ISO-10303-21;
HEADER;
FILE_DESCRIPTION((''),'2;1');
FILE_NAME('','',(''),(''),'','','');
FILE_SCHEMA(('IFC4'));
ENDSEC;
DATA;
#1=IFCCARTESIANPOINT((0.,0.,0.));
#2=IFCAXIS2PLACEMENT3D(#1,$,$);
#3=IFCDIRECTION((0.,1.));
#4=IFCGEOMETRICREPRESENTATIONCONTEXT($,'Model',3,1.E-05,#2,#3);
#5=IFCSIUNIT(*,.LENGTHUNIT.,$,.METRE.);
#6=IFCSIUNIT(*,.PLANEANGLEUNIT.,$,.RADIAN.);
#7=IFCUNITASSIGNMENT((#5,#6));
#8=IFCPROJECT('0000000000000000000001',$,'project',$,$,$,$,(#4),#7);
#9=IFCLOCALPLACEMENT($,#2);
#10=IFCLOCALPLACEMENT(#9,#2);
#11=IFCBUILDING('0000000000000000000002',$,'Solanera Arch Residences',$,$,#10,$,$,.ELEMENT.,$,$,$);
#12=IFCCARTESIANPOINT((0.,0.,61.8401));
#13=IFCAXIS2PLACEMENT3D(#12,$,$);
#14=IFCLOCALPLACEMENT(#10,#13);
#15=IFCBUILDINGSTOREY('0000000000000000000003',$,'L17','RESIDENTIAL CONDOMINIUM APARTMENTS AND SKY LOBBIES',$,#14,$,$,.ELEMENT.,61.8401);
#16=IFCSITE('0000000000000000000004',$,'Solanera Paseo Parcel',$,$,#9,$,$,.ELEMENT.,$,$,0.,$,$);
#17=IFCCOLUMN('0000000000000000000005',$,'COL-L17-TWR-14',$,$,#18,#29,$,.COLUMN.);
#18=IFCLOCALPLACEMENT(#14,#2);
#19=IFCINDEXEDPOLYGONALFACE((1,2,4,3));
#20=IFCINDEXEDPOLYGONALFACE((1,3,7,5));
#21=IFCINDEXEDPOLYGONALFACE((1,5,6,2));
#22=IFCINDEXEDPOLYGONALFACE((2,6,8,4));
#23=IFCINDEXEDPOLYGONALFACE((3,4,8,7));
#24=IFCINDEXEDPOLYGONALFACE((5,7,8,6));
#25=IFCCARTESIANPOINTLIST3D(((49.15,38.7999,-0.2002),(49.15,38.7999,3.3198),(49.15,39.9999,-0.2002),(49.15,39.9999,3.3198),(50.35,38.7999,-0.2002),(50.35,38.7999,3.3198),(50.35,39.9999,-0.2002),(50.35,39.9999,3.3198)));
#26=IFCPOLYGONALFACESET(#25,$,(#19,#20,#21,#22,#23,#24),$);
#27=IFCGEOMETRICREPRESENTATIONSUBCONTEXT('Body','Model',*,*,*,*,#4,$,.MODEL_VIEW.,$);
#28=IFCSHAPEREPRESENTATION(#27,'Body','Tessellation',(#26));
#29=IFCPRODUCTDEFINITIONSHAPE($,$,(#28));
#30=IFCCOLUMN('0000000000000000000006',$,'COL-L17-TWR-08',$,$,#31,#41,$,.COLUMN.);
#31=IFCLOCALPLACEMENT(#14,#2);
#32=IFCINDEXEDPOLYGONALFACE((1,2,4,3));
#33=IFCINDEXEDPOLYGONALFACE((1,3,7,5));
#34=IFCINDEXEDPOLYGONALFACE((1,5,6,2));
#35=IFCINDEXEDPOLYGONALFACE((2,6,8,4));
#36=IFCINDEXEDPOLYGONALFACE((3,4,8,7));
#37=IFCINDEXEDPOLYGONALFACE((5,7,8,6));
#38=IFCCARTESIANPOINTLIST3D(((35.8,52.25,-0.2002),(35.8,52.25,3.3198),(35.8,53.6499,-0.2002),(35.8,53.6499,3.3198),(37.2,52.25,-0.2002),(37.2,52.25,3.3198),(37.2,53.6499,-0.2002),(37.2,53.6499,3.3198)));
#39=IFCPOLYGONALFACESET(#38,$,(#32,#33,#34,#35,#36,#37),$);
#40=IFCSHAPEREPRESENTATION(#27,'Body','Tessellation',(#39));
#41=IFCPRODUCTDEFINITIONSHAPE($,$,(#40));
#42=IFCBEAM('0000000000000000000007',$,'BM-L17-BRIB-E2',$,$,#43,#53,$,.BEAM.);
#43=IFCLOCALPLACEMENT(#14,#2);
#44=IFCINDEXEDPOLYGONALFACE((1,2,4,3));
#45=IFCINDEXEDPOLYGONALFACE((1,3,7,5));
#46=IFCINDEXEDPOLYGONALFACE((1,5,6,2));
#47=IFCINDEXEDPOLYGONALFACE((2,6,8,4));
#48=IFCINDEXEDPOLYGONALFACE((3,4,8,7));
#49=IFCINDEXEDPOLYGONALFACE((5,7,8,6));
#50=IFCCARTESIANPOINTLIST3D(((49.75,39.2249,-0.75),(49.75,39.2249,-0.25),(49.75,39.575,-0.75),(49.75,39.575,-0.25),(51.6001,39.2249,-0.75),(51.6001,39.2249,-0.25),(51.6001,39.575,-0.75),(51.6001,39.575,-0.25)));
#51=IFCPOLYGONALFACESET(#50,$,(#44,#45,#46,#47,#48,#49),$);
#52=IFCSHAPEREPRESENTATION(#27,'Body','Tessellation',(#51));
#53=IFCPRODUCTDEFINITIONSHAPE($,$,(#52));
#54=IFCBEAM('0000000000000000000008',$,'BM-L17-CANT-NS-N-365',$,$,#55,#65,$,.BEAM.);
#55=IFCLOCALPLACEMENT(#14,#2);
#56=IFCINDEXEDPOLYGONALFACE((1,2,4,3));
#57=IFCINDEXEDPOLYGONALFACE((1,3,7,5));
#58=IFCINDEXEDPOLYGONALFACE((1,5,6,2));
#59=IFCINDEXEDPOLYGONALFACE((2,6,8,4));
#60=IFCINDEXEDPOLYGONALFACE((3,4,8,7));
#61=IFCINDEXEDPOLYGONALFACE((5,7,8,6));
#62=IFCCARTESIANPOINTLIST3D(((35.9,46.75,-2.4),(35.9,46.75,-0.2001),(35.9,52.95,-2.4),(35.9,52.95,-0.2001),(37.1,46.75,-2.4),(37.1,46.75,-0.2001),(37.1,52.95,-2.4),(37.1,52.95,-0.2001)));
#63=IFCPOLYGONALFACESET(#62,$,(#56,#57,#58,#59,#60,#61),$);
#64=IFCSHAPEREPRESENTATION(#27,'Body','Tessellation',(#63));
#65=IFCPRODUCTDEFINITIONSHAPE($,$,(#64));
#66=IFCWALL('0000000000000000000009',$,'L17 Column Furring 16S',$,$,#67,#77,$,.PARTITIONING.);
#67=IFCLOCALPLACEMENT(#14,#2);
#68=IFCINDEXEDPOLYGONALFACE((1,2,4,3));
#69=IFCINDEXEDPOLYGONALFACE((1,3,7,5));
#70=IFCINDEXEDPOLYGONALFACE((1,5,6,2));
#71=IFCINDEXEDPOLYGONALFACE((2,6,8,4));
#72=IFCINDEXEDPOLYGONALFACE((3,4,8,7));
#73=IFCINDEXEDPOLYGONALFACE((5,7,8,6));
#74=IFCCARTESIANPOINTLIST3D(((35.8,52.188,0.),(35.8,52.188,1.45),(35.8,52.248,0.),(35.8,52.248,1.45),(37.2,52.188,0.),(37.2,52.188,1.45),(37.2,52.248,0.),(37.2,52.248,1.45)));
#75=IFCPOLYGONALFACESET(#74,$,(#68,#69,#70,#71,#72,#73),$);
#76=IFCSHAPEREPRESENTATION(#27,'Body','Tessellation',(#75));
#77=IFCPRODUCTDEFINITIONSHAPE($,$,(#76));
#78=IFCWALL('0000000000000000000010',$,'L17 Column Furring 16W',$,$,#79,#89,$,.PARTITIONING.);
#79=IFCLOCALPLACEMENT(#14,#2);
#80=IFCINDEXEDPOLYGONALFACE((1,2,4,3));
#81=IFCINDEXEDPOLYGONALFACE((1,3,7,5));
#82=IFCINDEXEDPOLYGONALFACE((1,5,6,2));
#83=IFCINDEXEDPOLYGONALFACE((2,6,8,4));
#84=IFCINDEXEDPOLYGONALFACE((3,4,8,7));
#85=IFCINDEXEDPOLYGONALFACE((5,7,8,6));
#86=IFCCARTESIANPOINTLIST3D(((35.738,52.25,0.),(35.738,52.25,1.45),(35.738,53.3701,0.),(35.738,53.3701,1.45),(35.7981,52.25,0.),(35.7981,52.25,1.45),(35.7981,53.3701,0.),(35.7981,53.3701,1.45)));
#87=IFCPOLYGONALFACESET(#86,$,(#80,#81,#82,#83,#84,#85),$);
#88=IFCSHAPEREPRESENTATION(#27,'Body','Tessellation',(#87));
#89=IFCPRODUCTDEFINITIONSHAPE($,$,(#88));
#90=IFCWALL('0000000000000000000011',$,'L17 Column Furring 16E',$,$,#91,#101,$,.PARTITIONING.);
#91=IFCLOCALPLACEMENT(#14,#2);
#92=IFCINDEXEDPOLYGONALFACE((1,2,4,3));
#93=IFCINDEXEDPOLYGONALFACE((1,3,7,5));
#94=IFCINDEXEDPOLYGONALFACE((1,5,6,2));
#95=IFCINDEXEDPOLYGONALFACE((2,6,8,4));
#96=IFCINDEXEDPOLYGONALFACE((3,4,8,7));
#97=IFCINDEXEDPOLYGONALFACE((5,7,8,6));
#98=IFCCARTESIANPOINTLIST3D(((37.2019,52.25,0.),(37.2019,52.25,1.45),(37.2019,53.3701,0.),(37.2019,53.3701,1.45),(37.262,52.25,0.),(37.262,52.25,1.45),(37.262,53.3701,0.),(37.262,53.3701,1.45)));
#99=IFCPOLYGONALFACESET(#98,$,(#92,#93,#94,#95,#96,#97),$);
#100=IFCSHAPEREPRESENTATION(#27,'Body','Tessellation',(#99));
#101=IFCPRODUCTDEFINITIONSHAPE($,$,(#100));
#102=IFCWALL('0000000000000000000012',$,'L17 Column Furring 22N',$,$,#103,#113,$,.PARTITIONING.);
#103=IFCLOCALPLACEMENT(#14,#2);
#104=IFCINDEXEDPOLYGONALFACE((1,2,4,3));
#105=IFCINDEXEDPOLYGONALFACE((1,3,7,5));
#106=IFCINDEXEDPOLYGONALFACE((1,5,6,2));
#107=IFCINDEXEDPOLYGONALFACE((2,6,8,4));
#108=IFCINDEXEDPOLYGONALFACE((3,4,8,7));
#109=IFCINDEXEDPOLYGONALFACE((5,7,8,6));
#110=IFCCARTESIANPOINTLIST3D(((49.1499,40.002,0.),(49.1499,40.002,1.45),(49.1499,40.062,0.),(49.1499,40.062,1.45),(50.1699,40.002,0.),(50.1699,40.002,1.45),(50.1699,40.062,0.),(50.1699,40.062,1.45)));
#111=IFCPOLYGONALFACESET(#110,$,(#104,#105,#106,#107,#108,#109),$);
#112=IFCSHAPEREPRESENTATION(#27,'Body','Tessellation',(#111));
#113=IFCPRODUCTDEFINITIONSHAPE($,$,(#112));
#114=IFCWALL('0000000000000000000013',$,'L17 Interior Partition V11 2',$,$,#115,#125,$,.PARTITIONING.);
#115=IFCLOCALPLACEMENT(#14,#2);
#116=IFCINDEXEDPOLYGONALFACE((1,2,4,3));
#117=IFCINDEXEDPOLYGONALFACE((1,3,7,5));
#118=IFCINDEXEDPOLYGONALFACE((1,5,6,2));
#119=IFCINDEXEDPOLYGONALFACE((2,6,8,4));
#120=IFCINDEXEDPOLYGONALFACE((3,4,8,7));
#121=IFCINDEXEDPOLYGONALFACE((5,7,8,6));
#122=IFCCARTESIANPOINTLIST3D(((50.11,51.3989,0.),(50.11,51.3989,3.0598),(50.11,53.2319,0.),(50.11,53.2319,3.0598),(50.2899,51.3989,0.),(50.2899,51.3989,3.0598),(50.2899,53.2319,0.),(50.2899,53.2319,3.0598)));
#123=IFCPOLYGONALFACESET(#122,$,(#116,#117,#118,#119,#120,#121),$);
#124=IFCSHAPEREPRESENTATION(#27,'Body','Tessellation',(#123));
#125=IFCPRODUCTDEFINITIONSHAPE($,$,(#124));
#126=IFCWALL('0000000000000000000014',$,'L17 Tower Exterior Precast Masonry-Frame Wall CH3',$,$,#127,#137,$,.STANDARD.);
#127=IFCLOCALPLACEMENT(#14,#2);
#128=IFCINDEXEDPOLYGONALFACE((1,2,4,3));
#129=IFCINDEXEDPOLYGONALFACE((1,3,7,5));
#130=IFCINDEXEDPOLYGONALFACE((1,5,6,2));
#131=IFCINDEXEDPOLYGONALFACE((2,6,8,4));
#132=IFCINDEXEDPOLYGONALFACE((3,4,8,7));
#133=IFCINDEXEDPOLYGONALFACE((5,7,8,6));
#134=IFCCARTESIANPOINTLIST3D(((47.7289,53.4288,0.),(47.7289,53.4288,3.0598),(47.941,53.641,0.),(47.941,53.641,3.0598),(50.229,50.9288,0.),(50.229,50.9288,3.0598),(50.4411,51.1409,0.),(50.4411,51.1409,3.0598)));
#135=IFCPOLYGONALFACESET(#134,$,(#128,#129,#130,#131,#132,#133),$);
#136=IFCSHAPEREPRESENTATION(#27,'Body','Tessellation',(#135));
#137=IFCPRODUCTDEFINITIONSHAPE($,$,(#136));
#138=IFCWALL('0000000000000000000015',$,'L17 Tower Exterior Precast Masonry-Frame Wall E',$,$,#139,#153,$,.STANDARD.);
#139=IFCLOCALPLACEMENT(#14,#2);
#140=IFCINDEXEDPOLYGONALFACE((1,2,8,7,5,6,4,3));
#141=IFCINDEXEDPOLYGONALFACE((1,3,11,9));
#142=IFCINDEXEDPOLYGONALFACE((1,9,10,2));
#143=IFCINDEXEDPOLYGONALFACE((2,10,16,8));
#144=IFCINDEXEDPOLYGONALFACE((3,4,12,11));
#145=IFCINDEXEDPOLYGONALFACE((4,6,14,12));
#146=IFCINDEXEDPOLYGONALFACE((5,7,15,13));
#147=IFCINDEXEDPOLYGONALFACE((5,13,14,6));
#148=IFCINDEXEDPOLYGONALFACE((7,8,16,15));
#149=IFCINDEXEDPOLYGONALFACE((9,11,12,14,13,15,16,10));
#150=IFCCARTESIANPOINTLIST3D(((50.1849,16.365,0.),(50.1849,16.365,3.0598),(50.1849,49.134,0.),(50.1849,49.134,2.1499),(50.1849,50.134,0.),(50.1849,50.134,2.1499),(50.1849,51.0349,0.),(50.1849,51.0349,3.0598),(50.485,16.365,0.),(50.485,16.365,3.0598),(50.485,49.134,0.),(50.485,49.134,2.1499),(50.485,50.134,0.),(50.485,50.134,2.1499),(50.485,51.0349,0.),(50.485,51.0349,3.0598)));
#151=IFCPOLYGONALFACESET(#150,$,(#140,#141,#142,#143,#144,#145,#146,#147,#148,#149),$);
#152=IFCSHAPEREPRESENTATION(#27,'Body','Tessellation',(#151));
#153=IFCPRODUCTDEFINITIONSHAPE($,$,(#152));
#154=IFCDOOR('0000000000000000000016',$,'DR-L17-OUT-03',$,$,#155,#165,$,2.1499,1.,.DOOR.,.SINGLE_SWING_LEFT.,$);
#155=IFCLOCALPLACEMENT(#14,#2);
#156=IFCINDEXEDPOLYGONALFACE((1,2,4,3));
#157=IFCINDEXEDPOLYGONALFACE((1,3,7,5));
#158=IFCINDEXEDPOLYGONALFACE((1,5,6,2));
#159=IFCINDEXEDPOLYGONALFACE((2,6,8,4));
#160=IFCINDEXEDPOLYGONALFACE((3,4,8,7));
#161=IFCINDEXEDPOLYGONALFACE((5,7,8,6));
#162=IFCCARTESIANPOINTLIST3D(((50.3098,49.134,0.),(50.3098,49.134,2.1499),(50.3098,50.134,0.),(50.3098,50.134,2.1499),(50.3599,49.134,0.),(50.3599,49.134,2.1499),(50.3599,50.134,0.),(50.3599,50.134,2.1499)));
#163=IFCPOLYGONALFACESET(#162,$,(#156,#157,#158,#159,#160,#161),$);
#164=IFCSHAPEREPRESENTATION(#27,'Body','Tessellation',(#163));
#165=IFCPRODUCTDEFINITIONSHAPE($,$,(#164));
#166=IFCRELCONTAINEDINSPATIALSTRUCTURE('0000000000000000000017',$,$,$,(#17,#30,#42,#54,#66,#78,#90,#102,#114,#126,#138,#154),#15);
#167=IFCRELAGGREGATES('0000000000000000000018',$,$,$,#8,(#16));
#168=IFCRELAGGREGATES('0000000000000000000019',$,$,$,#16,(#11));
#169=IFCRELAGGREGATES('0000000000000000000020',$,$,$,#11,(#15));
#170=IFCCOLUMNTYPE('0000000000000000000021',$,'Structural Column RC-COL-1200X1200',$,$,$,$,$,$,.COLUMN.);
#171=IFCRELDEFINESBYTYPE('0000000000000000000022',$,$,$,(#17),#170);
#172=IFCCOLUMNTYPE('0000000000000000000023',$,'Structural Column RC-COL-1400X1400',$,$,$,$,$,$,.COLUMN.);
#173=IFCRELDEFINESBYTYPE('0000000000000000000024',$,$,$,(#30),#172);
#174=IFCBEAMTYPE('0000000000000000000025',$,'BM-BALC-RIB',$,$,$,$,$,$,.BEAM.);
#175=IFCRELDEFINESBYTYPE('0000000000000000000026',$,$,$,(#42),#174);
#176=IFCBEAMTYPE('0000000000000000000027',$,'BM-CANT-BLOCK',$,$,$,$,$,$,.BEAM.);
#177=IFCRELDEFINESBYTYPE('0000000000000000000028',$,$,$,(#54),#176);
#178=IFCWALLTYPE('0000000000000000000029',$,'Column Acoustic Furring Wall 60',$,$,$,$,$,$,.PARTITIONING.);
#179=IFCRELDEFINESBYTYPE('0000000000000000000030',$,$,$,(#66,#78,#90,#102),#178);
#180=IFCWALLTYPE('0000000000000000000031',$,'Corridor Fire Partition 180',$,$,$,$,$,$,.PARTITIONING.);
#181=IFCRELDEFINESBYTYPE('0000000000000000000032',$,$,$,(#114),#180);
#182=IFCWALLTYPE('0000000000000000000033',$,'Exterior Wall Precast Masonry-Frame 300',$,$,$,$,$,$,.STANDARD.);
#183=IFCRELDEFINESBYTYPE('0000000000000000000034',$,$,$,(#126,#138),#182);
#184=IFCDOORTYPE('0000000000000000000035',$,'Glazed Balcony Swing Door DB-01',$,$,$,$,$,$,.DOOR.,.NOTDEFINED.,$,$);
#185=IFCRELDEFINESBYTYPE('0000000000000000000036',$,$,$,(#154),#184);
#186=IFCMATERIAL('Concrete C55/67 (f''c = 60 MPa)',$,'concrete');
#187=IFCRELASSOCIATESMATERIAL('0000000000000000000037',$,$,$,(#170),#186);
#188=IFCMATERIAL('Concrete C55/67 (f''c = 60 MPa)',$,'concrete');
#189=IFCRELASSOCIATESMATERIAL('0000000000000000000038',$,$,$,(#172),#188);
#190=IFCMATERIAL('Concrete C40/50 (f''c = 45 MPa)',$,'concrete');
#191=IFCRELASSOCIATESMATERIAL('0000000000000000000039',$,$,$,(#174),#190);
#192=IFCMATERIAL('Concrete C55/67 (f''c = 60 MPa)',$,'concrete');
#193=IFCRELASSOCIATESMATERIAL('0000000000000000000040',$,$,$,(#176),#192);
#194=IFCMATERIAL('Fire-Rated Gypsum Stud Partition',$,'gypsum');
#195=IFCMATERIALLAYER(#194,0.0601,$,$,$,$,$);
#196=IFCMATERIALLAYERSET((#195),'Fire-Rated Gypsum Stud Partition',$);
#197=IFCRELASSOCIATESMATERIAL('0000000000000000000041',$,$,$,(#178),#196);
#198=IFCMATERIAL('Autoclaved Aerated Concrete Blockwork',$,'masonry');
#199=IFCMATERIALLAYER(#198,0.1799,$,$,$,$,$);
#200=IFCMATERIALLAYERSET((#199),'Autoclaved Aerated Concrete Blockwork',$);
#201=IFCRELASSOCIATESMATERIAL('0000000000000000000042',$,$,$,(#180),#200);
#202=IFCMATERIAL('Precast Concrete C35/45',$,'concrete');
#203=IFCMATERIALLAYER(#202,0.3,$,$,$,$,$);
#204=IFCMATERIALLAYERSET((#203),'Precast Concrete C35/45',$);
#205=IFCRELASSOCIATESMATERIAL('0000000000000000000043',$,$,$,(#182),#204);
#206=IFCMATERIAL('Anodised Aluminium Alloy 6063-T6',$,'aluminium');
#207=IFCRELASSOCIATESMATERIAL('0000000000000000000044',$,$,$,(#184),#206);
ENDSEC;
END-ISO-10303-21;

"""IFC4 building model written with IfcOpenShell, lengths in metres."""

from ifc_helpers import new_model, si_unit, direction, frame, frame_2d, origin, origin_2d, place, context, subcontext, project, spatial, rectangle, extrude, material, layer, layer_set, material_profile, profile_set, type_object, element, fill, save


model = new_model("IFC4")

# Units and contexts
model_context = context("Model", 3, precision=1e-05, world=origin(), true_north=direction((0.0, 1.0)))
body_context = subcontext(model_context, "Body", "Model", "MODEL_VIEW")
ifc_project = project(units=[si_unit("LENGTHUNIT", "METRE"), si_unit("PLANEANGLEUNIT", "RADIAN")], contexts=[model_context])

# Site, building, storey
site_placement = place(None, origin())
site = spatial("IfcSite", under=ifc_project, at=site_placement, Name="Solanera Paseo Parcel", CompositionType="ELEMENT", RefElevation=0.0)
building_placement = place(site_placement, origin())
building = spatial("IfcBuilding", under=site, at=building_placement, Name="Solanera Arch Residences", CompositionType="ELEMENT")
storey_placement = place(building_placement, frame((0.0, 0.0, 61.8401)))
storey = spatial("IfcBuildingStorey", under=building, at=storey_placement, Name="L17", Description="RESIDENTIAL CONDOMINIUM APARTMENTS AND SKY LOBBIES", CompositionType="ELEMENT", Elevation=61.8401)

# Columns
ifc_material_1 = material(Name="Concrete C55/67 (f'c = 60 MPa)", Category="concrete")
ifc_material_profile_1 = material_profile(ifc_material_1, rectangle(XDim=1.2, YDim=1.2, at=origin_2d()))
ifc_profile_set_1 = profile_set([ifc_material_profile_1], Name="Concrete C55/67 (f'c = 60 MPa)")
column_type_1 = type_object("IfcColumnType", Name="Structural Column RC-COL-1200X1200", PredefinedType="COLUMN", material=ifc_profile_set_1)
column_1_placement = place(storey_placement, frame((49.75, 39.3999, -0.2002), z_axis=(0.0, 0.0, 1.0), x_axis=(1.0, 0.0, 0.0)))
element("IfcColumn", 1, at=column_1_placement, inside=storey, type_object=column_type_1, Name="COL-L17-TWR-14", PredefinedType="COLUMN", context=body_context, shape_type="SweptSolid", body=[
    extrude(rectangle(XDim=1.2, YDim=1.2, at=origin_2d()), origin(), (0.0, 0.0, 1.0), 3.52),
])
ifc_material_2 = material(Name="Concrete C55/67 (f'c = 60 MPa)", Category="concrete")
ifc_material_profile_2 = material_profile(ifc_material_2, rectangle(XDim=1.3999, YDim=1.3999, at=origin_2d()))
ifc_profile_set_2 = profile_set([ifc_material_profile_2], Name="Concrete C55/67 (f'c = 60 MPa)")
column_type_2 = type_object("IfcColumnType", Name="Structural Column RC-COL-1400X1400", PredefinedType="COLUMN", material=ifc_profile_set_2)
column_2_placement = place(storey_placement, frame((36.5, 52.95, -0.2002), z_axis=(0.0, 0.0, 1.0), x_axis=(1.0, 0.0, 0.0)))
element("IfcColumn", 2, at=column_2_placement, inside=storey, type_object=column_type_2, Name="COL-L17-TWR-08", PredefinedType="COLUMN", context=body_context, shape_type="SweptSolid", body=[
    extrude(rectangle(XDim=1.3999, YDim=1.3999, at=origin_2d()), origin(), (0.0, 0.0, 1.0), 3.52),
])

# Beams
ifc_material_3 = material(Name="Concrete C40/50 (f'c = 45 MPa)", Category="concrete")
ifc_material_profile_3 = material_profile(ifc_material_3, rectangle(XDim=0.3501, YDim=0.5, at=origin_2d()))
ifc_profile_set_3 = profile_set([ifc_material_profile_3], Name="Concrete C40/50 (f'c = 45 MPa)")
beam_type_1 = type_object("IfcBeamType", Name="BM-BALC-RIB", PredefinedType="BEAM", material=ifc_profile_set_3)
beam_1_placement = place(storey_placement, frame((49.75, 39.3999, -0.5), z_axis=(1.0, 0.0, 0.0), x_axis=(0.0, 1.0, 0.0)))
element("IfcBeam", 3, at=beam_1_placement, inside=storey, type_object=beam_type_1, Name="BM-L17-BRIB-E2", PredefinedType="BEAM", context=body_context, shape_type="SweptSolid", body=[
    extrude(rectangle(XDim=0.3501, YDim=0.5, at=origin_2d()), origin(), (0.0, 0.0, 1.0), 1.8501),
])
ifc_material_4 = material(Name="Concrete C55/67 (f'c = 60 MPa)", Category="concrete")
ifc_material_profile_4 = material_profile(ifc_material_4, rectangle(XDim=1.2, YDim=2.2, at=origin_2d()))
ifc_profile_set_4 = profile_set([ifc_material_profile_4], Name="Concrete C55/67 (f'c = 60 MPa)")
beam_type_2 = type_object("IfcBeamType", Name="BM-CANT-BLOCK", PredefinedType="BEAM", material=ifc_profile_set_4)
beam_2_placement = place(storey_placement, frame((36.5, 46.75, -1.3), z_axis=(0.0, 1.0, 0.0), x_axis=(-1.0, 0.0, 0.0)))
element("IfcBeam", 4, at=beam_2_placement, inside=storey, type_object=beam_type_2, Name="BM-L17-CANT-NS-N-365", PredefinedType="BEAM", context=body_context, shape_type="SweptSolid", body=[
    extrude(rectangle(XDim=1.2, YDim=2.2, at=origin_2d()), origin(), (0.0, 0.0, 1.0), 6.2),
])

# Walls
ifc_material_5 = material(Name="Fire-Rated Gypsum Stud Partition", Category="gypsum")
ifc_layer_1 = layer(ifc_material_5, 0.0601)
ifc_layer_set_1 = layer_set([ifc_layer_1], Name="Fire-Rated Gypsum Stud Partition")
wall_type_1 = type_object("IfcWallType", Name="Column Acoustic Furring Wall 60", PredefinedType="PARTITIONING", material=ifc_layer_set_1)
wall_1_placement = place(storey_placement, frame((35.8, 52.218, 0.0), z_axis=(0.0, 0.0, 1.0), x_axis=(1.0, 0.0, 0.0)))
element("IfcWall", 5, at=wall_1_placement, inside=storey, type_object=wall_type_1, Name="L17 Column Furring 16S", PredefinedType="PARTITIONING", context=body_context, shape_type="SweptSolid", body=[
    extrude(rectangle(XDim=1.3999, YDim=0.0601, at=frame_2d((0.7, 0.0))), origin(), (0.0, 0.0, 1.0), 1.45),
])
for number, where, z_axis, x_axis, name in (
    (6, (35.7681, 52.25, 0.0), (0.0, 0.0, 1.0), (0.0, 1.0, 0.0), "L17 Column Furring 16W"),
    (7, (37.2319, 52.25, 0.0), (0.0, 0.0, 1.0), (0.0, 1.0, 0.0), "L17 Column Furring 16E"),
):
    element("IfcWall", number, at=place(storey_placement, frame(where, z_axis=z_axis, x_axis=x_axis)), inside=storey, type_object=wall_type_1, Name=name, PredefinedType="PARTITIONING", context=body_context, shape_type="SweptSolid", body=[
        extrude(rectangle(XDim=1.1201, YDim=0.0601, at=frame_2d((0.5601, 0.0))), origin(), (0.0, 0.0, 1.0), 1.45),
    ])
wall_2_placement = place(storey_placement, frame((49.1499, 40.032, 0.0), z_axis=(0.0, 0.0, 1.0), x_axis=(1.0, 0.0, 0.0)))
element("IfcWall", 8, at=wall_2_placement, inside=storey, type_object=wall_type_1, Name="L17 Column Furring 22N", PredefinedType="PARTITIONING", context=body_context, shape_type="SweptSolid", body=[
    extrude(rectangle(XDim=1.02, YDim=0.0601, at=frame_2d((0.51, 0.0))), origin(), (0.0, 0.0, 1.0), 1.45),
])
ifc_material_6 = material(Name="Autoclaved Aerated Concrete Blockwork", Category="masonry")
ifc_layer_2 = layer(ifc_material_6, 0.1799)
ifc_layer_set_2 = layer_set([ifc_layer_2], Name="Autoclaved Aerated Concrete Blockwork")
wall_type_2 = type_object("IfcWallType", Name="Corridor Fire Partition 180", PredefinedType="PARTITIONING", material=ifc_layer_set_2)
wall_3_placement = place(storey_placement, frame((50.2, 51.3989, 0.0), z_axis=(0.0, 0.0, 1.0), x_axis=(0.0, 1.0, 0.0)))
element("IfcWall", 9, at=wall_3_placement, inside=storey, type_object=wall_type_2, Name="L17 Interior Partition V11 2", PredefinedType="PARTITIONING", context=body_context, shape_type="SweptSolid", body=[
    extrude(rectangle(XDim=1.833, YDim=0.1799, at=frame_2d((0.9165, 0.0))), origin(), (0.0, 0.0, 1.0), 3.0598),
])
ifc_material_7 = material(Name="Precast Concrete C35/45", Category="concrete")
ifc_layer_3 = layer(ifc_material_7, 0.3)
ifc_layer_set_3 = layer_set([ifc_layer_3], Name="Precast Concrete C35/45")
wall_type_3 = type_object("IfcWallType", Name="Exterior Wall Precast Masonry-Frame 300", PredefinedType="STANDARD", material=ifc_layer_set_3)
wall_4_placement = place(storey_placement, frame((47.835, 53.5349, 0.0), z_axis=(0.0, 0.0, 1.0), x_axis=(0.707107, -0.707107, 0.0)))
element("IfcWall", 10, at=wall_4_placement, inside=storey, type_object=wall_type_3, Name="L17 Tower Exterior Precast Masonry-Frame Wall CH3", PredefinedType="STANDARD", context=body_context, shape_type="SweptSolid", body=[
    extrude(rectangle(XDim=3.5356, YDim=0.3, at=frame_2d((1.7678, 0.0))), origin(), (0.0, 0.0, 1.0), 3.0598),
])

# Wall, opening, door
wall_5_placement = place(storey_placement, frame((50.335, 51.0349, 0.0), z_axis=(0.0, 0.0, 1.0), x_axis=(0.0, -1.0, 0.0)))
wall_5 = element("IfcWall", 11, at=wall_5_placement, inside=storey, type_object=wall_type_3, Name="L17 Tower Exterior Precast Masonry-Frame Wall E", PredefinedType="STANDARD", context=body_context, shape_type="SweptSolid", body=[
    extrude(rectangle(XDim=34.6699, YDim=0.3, at=frame_2d((17.335, 0.0))), origin(), (0.0, 0.0, 1.0), 3.0598),
])
opening_1_placement = place(wall_5_placement, frame((0.9009, 0.0, 0.0)))
opening_1 = element("IfcOpeningElement", 12, at=opening_1_placement, cuts=wall_5, PredefinedType="OPENING", context=body_context, shape_type="SweptSolid", body=[
    extrude(rectangle(XDim=1.0, YDim=2.1499, at=frame_2d((0.5, 1.075))), frame((0.0, 0.1599, 0.0), z_axis=(0.0, -1.0, 0.0), x_axis=(1.0, 0.0, 0.0)), (0.0, 0.0, 1.0), 0.32),
])
ifc_material_8 = material(Name="Anodised Aluminium Alloy 6063-T6", Category="aluminium")
door_type_1 = type_object("IfcDoorType", Name="Glazed Balcony Swing Door DB-01", OperationType="NOTDEFINED", PredefinedType="DOOR", material=ifc_material_8)
door_1_placement = place(opening_1_placement, origin())
door_1 = element("IfcDoor", 13, at=door_1_placement, inside=storey, type_object=door_type_1, Name="DR-L17-OUT-03", OperationType="SINGLE_SWING_LEFT", OverallHeight=2.1499, OverallWidth=1.0, PredefinedType="DOOR", context=body_context, shape_type="SweptSolid", body=[
    extrude(rectangle(XDim=1.0, YDim=2.1499, at=frame_2d((0.5, 1.075))), frame((0.0, 0.0249, 0.0), z_axis=(0.0, -1.0, 0.0), x_axis=(1.0, 0.0, 0.0)), (0.0, 0.0, 1.0), 0.05),
])
fill(opening_1, door_1)

save(model, "model.ifc")
